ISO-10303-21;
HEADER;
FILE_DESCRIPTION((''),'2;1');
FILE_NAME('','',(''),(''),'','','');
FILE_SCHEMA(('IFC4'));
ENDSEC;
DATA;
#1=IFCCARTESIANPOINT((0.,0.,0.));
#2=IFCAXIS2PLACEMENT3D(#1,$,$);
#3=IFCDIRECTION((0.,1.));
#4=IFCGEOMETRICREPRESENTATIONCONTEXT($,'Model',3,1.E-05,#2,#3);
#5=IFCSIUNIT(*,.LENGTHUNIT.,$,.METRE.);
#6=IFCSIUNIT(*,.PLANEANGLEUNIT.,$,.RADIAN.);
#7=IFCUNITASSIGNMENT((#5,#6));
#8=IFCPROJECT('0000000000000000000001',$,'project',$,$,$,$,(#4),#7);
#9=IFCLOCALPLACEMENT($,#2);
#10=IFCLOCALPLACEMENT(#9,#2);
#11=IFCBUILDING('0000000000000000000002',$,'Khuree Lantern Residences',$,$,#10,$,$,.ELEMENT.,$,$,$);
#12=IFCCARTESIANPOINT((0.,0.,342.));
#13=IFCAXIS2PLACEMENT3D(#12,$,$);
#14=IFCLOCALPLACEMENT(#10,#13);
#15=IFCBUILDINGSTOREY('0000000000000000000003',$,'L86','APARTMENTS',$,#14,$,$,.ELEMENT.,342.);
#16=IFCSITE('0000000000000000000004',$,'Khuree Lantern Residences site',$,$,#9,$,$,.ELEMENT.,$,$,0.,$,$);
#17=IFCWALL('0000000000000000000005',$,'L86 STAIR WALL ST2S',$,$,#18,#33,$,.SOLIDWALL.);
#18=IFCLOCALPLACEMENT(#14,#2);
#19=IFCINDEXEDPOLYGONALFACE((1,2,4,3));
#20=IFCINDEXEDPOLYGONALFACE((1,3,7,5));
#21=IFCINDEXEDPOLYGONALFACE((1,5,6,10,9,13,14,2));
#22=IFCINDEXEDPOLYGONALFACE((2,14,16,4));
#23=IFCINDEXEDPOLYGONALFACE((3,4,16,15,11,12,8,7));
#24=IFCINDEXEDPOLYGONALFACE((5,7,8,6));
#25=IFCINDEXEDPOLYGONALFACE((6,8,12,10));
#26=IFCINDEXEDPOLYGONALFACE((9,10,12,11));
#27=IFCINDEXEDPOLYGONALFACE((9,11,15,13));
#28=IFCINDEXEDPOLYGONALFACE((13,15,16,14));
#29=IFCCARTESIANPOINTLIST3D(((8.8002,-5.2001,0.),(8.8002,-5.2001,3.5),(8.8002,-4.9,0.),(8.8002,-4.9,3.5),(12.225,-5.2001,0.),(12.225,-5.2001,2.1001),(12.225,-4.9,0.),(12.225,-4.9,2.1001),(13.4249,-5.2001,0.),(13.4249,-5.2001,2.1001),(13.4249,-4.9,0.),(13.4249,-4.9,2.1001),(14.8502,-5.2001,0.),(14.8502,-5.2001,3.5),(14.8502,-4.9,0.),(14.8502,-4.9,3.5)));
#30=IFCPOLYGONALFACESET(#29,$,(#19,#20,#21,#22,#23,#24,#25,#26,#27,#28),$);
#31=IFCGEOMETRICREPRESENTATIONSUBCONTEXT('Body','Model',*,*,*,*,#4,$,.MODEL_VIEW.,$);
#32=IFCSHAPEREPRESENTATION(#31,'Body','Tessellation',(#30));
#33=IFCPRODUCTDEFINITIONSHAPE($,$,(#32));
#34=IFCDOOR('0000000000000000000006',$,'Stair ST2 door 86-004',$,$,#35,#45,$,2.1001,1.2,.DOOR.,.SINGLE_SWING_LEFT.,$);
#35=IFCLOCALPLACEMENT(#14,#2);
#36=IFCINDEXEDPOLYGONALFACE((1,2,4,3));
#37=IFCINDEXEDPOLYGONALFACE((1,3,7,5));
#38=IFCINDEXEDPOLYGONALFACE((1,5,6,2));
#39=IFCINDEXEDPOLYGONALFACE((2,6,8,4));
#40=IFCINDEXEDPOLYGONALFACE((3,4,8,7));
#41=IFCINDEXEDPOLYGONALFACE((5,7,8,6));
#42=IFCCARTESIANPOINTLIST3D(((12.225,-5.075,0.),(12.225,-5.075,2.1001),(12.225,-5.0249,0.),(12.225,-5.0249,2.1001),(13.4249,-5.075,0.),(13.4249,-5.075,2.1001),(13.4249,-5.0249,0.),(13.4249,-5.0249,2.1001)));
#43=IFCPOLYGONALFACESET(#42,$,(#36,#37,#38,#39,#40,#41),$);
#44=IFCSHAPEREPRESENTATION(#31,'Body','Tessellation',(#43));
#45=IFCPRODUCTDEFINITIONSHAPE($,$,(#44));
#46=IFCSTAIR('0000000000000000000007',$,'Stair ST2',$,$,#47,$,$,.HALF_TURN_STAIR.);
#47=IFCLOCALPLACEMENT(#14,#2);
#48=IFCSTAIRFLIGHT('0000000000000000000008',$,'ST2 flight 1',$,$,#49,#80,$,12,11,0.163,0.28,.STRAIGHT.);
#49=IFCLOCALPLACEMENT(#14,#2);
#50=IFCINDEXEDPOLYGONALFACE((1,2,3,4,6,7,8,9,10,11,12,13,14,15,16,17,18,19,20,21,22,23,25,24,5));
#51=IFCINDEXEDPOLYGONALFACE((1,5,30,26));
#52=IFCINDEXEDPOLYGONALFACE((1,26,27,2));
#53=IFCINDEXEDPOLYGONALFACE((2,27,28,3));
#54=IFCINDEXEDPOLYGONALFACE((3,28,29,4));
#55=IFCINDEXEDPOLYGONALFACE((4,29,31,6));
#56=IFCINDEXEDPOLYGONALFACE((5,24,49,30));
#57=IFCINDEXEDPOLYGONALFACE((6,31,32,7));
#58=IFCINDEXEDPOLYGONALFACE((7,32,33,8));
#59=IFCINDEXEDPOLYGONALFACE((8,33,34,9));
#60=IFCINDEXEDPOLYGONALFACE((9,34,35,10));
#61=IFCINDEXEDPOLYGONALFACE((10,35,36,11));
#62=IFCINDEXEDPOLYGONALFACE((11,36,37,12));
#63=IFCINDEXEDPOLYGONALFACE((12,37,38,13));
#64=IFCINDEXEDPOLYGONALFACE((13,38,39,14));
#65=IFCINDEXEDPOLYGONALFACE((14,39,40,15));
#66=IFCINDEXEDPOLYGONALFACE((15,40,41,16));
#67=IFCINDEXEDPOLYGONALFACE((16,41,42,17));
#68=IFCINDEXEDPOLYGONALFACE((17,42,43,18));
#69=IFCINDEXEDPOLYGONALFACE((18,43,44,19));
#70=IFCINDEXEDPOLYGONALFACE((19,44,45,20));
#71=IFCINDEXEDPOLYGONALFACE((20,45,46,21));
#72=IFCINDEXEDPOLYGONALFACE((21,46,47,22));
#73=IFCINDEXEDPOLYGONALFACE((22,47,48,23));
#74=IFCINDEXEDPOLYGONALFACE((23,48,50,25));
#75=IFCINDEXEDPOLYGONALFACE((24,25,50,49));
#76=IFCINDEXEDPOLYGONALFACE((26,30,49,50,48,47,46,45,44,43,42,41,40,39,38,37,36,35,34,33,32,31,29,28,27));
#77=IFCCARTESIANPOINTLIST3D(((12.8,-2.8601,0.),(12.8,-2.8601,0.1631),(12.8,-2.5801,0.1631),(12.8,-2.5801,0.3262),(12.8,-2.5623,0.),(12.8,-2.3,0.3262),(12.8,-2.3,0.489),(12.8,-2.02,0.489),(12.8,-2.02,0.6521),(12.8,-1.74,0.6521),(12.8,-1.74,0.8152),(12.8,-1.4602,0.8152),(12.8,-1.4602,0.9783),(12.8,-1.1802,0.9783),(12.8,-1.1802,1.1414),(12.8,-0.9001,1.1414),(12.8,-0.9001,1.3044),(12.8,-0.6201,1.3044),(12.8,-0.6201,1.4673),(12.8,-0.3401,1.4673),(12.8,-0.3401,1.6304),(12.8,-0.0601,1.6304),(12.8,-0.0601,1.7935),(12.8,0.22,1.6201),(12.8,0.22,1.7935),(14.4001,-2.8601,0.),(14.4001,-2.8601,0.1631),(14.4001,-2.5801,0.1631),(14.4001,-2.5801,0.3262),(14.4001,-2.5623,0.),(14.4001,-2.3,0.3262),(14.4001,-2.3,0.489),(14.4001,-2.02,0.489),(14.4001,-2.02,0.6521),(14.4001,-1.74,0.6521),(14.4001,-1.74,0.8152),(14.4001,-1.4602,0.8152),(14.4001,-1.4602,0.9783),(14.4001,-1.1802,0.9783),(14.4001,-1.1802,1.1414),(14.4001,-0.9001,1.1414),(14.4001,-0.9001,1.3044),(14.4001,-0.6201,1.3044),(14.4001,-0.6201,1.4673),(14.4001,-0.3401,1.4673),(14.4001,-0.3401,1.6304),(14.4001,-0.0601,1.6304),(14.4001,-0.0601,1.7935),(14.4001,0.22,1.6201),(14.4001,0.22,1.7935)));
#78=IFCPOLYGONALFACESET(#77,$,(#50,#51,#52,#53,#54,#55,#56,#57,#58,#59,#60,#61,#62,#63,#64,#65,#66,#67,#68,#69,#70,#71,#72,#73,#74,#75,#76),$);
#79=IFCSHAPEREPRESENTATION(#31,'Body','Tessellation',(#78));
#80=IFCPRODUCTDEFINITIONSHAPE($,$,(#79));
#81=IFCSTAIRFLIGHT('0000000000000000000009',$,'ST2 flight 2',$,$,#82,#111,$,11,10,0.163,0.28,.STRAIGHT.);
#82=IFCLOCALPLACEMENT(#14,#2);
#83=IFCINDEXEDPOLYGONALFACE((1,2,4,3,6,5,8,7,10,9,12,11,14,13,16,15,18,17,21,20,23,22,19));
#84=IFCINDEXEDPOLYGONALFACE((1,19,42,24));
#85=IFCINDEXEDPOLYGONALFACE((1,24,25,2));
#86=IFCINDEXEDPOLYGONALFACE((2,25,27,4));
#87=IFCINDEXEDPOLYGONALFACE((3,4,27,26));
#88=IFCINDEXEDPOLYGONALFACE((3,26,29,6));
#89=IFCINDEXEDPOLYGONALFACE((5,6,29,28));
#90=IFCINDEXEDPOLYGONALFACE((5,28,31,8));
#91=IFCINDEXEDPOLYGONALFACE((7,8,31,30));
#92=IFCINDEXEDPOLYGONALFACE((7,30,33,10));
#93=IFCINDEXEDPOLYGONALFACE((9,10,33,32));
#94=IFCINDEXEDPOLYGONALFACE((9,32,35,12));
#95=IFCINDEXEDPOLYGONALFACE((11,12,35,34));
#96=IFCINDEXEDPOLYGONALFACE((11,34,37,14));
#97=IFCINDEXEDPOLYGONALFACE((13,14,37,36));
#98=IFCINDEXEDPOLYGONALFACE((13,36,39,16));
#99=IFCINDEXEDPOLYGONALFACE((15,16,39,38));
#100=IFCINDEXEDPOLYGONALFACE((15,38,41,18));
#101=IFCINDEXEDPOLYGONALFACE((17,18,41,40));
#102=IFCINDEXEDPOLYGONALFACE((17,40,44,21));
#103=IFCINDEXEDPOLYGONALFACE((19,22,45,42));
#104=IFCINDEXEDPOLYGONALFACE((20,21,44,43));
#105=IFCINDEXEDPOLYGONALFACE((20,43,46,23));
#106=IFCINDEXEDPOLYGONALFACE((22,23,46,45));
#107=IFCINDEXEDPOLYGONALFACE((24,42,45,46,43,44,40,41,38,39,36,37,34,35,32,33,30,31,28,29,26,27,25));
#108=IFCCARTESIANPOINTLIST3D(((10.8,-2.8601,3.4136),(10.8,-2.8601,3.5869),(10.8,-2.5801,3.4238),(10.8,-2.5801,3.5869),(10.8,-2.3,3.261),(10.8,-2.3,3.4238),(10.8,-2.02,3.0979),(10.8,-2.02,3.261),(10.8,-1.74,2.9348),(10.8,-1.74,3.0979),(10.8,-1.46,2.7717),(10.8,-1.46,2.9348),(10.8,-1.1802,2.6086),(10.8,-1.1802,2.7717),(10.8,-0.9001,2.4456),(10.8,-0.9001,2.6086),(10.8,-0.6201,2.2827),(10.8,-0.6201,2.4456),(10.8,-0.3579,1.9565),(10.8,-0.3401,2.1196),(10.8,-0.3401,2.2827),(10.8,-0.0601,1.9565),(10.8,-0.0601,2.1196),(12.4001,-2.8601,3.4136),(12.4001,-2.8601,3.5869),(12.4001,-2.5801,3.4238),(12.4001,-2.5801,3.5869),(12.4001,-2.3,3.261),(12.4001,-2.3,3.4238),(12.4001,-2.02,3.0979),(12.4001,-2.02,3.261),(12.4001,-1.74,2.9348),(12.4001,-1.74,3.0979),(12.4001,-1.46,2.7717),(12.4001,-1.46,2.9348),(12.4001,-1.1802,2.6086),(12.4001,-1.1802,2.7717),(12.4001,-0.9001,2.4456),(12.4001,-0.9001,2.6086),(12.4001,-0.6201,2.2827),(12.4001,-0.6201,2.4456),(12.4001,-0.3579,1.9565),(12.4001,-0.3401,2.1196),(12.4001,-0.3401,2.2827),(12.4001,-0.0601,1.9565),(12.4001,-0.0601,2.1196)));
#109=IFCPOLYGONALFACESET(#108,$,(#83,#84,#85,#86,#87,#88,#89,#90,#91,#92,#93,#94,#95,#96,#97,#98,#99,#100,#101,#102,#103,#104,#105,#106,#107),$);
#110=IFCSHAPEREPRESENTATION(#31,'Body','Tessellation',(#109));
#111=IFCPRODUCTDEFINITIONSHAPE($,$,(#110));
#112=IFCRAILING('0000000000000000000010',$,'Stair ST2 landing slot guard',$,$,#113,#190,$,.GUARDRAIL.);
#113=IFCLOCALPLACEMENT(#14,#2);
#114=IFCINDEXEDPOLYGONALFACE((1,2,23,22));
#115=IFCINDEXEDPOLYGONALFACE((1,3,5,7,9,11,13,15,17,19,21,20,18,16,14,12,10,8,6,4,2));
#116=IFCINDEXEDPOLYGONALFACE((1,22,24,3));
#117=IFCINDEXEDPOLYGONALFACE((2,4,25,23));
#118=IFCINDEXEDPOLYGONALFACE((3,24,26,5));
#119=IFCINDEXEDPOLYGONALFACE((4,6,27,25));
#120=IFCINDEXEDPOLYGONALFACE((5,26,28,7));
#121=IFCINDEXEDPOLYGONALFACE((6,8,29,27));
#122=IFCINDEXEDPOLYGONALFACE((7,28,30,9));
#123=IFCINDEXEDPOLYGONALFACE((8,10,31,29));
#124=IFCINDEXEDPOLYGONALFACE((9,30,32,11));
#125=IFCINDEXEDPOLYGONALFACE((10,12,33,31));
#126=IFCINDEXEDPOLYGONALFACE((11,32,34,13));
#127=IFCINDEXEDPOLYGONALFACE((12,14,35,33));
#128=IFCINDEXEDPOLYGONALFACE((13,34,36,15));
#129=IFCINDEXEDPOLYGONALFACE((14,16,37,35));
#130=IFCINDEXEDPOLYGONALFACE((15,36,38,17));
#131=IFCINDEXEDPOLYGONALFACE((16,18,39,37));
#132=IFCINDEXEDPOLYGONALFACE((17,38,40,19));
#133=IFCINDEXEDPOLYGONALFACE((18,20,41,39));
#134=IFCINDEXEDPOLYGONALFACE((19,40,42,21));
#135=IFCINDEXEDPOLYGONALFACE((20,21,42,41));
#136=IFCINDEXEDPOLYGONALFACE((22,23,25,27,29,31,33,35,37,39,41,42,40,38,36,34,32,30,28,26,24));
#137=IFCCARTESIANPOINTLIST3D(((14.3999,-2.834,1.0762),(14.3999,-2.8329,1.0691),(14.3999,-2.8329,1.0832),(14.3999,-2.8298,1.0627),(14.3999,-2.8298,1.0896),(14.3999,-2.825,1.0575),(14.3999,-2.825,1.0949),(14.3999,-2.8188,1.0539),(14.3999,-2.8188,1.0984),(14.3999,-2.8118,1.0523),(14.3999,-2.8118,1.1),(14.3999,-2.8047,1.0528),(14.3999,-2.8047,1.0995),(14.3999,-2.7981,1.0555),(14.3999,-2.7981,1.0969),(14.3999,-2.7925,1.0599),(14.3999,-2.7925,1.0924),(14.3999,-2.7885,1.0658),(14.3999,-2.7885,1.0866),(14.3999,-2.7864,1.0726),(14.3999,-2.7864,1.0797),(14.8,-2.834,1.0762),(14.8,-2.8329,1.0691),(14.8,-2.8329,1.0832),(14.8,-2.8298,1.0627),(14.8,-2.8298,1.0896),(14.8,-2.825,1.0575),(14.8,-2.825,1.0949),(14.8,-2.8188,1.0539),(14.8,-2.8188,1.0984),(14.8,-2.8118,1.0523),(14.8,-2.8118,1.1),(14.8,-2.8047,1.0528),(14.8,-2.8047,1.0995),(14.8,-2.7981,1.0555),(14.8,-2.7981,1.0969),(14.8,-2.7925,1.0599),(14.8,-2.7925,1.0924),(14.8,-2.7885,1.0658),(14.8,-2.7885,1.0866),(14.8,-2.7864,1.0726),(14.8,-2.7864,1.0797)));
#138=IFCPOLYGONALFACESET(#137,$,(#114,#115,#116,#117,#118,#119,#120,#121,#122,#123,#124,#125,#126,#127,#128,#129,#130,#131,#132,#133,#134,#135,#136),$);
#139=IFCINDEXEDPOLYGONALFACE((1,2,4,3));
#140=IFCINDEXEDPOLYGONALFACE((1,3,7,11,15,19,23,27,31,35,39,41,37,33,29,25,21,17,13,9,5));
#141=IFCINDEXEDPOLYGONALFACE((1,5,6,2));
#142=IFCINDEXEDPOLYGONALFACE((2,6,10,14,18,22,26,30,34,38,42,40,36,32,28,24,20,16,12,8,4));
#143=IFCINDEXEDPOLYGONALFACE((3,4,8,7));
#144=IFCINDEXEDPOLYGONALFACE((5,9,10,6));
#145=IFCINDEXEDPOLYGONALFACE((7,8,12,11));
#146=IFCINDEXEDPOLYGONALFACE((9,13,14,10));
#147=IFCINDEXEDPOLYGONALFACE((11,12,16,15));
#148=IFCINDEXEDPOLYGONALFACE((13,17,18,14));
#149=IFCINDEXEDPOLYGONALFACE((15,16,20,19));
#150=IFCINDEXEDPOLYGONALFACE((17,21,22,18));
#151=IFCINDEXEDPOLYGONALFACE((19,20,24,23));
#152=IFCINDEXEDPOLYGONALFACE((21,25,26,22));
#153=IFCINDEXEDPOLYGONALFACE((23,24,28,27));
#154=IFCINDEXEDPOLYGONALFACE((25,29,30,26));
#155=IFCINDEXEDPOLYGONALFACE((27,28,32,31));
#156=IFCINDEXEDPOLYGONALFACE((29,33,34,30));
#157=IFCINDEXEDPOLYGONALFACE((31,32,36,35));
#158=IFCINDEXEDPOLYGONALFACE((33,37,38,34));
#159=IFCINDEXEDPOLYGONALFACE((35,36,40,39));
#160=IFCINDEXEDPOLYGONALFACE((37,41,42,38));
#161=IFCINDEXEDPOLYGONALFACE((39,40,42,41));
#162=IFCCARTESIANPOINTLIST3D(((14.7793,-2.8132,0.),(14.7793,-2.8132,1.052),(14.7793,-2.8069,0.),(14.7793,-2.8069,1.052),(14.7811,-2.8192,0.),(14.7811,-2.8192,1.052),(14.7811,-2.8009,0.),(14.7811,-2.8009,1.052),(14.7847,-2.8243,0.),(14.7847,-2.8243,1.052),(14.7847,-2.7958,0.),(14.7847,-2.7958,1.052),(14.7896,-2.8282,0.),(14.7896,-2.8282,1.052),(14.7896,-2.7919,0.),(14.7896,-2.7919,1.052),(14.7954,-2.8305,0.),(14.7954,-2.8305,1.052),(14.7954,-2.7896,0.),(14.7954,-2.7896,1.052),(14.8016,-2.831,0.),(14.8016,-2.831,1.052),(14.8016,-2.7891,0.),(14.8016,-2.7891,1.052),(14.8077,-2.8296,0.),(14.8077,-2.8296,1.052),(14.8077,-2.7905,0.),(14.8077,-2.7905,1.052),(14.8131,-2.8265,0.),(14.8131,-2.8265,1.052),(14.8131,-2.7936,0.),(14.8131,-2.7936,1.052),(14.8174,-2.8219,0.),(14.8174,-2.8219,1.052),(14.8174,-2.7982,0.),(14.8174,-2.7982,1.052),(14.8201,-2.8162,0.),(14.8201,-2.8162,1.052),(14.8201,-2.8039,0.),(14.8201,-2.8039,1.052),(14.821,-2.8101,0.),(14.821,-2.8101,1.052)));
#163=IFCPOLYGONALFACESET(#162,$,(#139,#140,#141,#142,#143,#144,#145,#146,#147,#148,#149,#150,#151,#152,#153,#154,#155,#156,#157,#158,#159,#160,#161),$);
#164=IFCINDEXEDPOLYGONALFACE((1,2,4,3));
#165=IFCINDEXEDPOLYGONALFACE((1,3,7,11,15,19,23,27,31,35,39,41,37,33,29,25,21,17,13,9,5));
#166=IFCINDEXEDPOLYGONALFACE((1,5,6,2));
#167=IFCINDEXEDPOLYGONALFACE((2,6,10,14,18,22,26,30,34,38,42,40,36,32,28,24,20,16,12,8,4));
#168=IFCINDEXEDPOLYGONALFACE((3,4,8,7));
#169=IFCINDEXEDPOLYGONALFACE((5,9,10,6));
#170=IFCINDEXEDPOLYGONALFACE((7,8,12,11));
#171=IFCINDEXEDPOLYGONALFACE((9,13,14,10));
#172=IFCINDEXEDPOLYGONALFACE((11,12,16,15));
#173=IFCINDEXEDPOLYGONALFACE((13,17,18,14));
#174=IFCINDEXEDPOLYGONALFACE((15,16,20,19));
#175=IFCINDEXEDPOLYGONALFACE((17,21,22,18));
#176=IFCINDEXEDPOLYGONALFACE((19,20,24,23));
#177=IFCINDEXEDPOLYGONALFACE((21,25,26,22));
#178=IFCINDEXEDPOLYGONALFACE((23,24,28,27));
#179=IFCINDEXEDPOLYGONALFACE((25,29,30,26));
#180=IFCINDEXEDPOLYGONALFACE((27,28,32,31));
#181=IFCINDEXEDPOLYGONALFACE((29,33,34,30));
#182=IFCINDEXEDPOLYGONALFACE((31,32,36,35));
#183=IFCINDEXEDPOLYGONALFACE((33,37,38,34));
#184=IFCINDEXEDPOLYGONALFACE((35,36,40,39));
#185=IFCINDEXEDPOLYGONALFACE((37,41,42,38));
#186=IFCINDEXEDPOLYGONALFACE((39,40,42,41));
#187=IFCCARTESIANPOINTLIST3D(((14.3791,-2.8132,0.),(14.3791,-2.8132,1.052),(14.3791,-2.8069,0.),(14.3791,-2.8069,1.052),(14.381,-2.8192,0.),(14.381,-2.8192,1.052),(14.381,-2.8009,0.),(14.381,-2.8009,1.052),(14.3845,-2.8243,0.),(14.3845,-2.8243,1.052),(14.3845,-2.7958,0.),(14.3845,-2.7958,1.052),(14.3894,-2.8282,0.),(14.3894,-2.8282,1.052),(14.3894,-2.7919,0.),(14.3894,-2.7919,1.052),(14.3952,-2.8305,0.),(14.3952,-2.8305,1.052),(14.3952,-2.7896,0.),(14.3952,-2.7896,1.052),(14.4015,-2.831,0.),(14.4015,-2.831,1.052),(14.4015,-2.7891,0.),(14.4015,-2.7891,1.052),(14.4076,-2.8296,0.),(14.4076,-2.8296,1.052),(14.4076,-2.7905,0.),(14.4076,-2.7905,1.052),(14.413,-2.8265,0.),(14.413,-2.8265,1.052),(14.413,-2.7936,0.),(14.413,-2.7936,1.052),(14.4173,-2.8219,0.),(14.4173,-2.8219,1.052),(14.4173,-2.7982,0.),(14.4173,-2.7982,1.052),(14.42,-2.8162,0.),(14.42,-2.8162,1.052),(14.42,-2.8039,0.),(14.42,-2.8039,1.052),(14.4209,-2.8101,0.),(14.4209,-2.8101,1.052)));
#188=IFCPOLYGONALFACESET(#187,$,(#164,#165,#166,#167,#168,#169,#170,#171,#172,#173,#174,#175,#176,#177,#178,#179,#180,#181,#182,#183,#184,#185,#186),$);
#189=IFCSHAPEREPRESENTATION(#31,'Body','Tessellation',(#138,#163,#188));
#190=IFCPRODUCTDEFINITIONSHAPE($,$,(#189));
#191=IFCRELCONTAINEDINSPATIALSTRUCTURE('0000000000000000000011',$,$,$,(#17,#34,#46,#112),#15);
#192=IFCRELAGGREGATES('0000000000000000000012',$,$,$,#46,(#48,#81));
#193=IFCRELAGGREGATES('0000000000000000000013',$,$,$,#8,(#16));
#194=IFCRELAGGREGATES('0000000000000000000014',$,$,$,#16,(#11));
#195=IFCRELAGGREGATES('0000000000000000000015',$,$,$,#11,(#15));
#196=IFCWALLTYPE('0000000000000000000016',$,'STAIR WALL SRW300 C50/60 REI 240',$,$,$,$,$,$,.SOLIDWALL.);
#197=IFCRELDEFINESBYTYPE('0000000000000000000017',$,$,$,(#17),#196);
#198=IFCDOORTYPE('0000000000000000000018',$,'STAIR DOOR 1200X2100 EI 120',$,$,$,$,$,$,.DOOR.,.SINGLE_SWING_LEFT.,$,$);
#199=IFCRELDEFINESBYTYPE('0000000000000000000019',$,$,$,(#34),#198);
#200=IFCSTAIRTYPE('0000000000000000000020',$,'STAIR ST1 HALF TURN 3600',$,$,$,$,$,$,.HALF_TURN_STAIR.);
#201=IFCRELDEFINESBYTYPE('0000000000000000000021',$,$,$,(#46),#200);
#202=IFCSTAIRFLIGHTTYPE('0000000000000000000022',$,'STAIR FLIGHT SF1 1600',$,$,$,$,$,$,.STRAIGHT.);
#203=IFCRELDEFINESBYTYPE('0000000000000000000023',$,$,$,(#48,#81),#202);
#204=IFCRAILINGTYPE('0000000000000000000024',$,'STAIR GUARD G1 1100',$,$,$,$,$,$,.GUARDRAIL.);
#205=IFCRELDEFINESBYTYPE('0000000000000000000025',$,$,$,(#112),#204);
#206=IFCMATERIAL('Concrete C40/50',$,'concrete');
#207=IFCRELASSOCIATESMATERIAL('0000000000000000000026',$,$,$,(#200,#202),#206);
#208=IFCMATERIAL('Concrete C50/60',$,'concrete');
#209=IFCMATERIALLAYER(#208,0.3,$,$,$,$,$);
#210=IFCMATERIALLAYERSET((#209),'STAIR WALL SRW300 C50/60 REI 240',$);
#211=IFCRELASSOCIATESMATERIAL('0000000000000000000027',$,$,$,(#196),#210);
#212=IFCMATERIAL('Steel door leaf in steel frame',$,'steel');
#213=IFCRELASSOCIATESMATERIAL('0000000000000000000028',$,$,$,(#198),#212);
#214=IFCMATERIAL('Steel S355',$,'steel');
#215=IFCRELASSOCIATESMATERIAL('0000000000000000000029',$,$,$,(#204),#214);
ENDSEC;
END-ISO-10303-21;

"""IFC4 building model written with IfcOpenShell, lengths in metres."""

from ifc_helpers import new_model, si_unit, direction, frame, frame_2d, origin, origin_2d, place, context, subcontext, project, spatial, polyline, rectangle, circle, outline, extrude, material, layer, layer_set, type_object, element, fill, aggregate, save


model = new_model("IFC4")

# Units and contexts
model_context = context("Model", 3, precision=1e-05, world=origin(), true_north=direction((0.0, 1.0)))
body_context = subcontext(model_context, "Body", "Model", "MODEL_VIEW")
ifc_project = project(units=[si_unit("LENGTHUNIT", "METRE"), si_unit("PLANEANGLEUNIT", "RADIAN")], contexts=[model_context])

# Site, building, storey
site_placement = place(None, origin())
site = spatial("IfcSite", under=ifc_project, at=site_placement, Name="Khuree Lantern Residences site", CompositionType="ELEMENT", RefElevation=0.0)
building_placement = place(site_placement, origin())
building = spatial("IfcBuilding", under=site, at=building_placement, Name="Khuree Lantern Residences", CompositionType="ELEMENT")
storey_placement = place(building_placement, frame((0.0, 0.0, 342.0)))
storey = spatial("IfcBuildingStorey", under=building, at=storey_placement, Name="L86", Description="APARTMENTS", CompositionType="ELEMENT", Elevation=342.0)

# Shared definitions
ifc_material_1 = material(Name="Concrete C40/50", Category="concrete")
stair_type = type_object("IfcStairType", Name="STAIR ST1 HALF TURN 3600", PredefinedType="HALF_TURN_STAIR", material=ifc_material_1)

# Shared definitions
ifc_material_2 = material(Name="Concrete C50/60", Category="concrete")
ifc_material_3 = material(Name="Steel door leaf in steel frame", Category="steel")

# Shared definitions
ifc_layer_1 = layer(ifc_material_2, 0.3)
ifc_layer_set_1 = layer_set([ifc_layer_1], Name="STAIR WALL SRW300 C50/60 REI 240")
wall_type_1 = type_object("IfcWallType", Name="STAIR WALL SRW300 C50/60 REI 240", PredefinedType="SOLIDWALL", material=ifc_layer_set_1)

# Wall, opening, door
wall_1_placement = place(storey_placement, frame((14.8501, -5.05, 0.0), z_axis=(0.0, 0.0, 1.0), x_axis=(-1.0, 0.0, 0.0)))
wall_1 = element("IfcWall", 1, at=wall_1_placement, inside=storey, type_object=wall_type_1, Name="L86 STAIR WALL ST2S", PredefinedType="SOLIDWALL", context=body_context, shape_type="SweptSolid", body=[
    extrude(rectangle(XDim=6.05, YDim=0.3, at=frame_2d((3.0249, 0.0))), origin(), (0.0, 0.0, 1.0), 3.5),
])
opening_1_placement = place(wall_1_placement, frame((1.425, 0.0, 0.0)))
opening_1 = element("IfcOpeningElement", 2, at=opening_1_placement, cuts=wall_1, PredefinedType="OPENING", context=body_context, shape_type="SweptSolid", body=[
    extrude(rectangle(XDim=1.2, YDim=2.1001, at=frame_2d((0.6001, 1.05))), frame((0.0, 0.1602, 0.0), z_axis=(0.0, -1.0, 0.0), x_axis=(1.0, 0.0, 0.0)), (0.0, 0.0, 1.0), 0.3201),
])
door_type_1 = type_object("IfcDoorType", Name="STAIR DOOR 1200X2100 EI 120", OperationType="SINGLE_SWING_LEFT", PredefinedType="DOOR", material=ifc_material_3)
door_1_placement = place(opening_1_placement, origin())
door_1 = element("IfcDoor", 3, at=door_1_placement, inside=storey, type_object=door_type_1, Name="Stair ST2 door 86-004", OperationType="SINGLE_SWING_LEFT", OverallHeight=2.1001, OverallWidth=1.2, PredefinedType="DOOR", context=body_context, shape_type="SweptSolid", body=[
    extrude(rectangle(XDim=1.2, YDim=2.1001, at=frame_2d((0.6001, 1.05))), frame((0.0, 0.0249, 0.0), z_axis=(0.0, -1.0, 0.0), x_axis=(1.0, 0.0, 0.0)), (0.0, 0.0, 1.0), 0.05),
])
fill(opening_1, door_1)

# Stair, stair flights
stair_1_placement = place(storey_placement, origin())
stair_1 = element("IfcStair", 4, at=stair_1_placement, inside=storey, type_object=stair_type, Name="Stair ST2", PredefinedType="HALF_TURN_STAIR")
stair_flight_type = type_object("IfcStairFlightType", Name="STAIR FLIGHT SF1 1600", PredefinedType="STRAIGHT", material=ifc_material_1)
stair_flight_1_placement = place(storey_placement, frame((13.6001, -2.8601, 0.0), z_axis=(0.0, 0.0, 1.0), x_axis=(0.0, 1.0, 0.0)))
stair_flight_1 = element("IfcStairFlight", 5, at=stair_flight_1_placement, type_object=stair_flight_type, Name="ST2 flight 1", NumberOfRisers=12, NumberOfTreads=11, PredefinedType="STRAIGHT", RiserHeight=0.163, TreadLength=0.28, context=body_context, shape_type="SweptSolid", body=[
    extrude(outline(polyline([(0.0, 0.0), (0.0, 0.1631), (0.28, 0.1631), (0.28, 0.3262), (0.5601, 0.3262), (0.5601, 0.489), (0.8401, 0.489), (0.8401, 0.6521), (1.1201, 0.6521), (1.1201, 0.8152), (1.3999, 0.8152), (1.3999, 0.9783), (1.6799, 0.9783), (1.6799, 1.1414), (1.96, 1.1414), (1.96, 1.3044), (2.24, 1.3044), (2.24, 1.4673), (2.52, 1.4673), (2.52, 1.6304), (2.8, 1.6304), (2.8, 1.7935), (3.0801, 1.7935), (3.0801, 1.9565), (3.0801, 1.6201), (0.2979, 0.0), (0.0, 0.0)])), frame((0.0, 0.8, 0.0), z_axis=(0.0, -1.0, 0.0), x_axis=(1.0, 0.0, 0.0)), (0.0, 0.0, 1.0), 1.6001),
])
stair_flight_2_placement = place(storey_placement, frame((11.6001, -0.0601, 1.9565), z_axis=(0.0, 0.0, 1.0), x_axis=(0.0, -1.0, 0.0)))
stair_flight_2 = element("IfcStairFlight", 6, at=stair_flight_2_placement, type_object=stair_flight_type, Name="ST2 flight 2", NumberOfRisers=11, NumberOfTreads=10, PredefinedType="STRAIGHT", RiserHeight=0.163, TreadLength=0.28, context=body_context, shape_type="SweptSolid", body=[
    extrude(outline(polyline([(0.0, 0.0), (0.0, 0.1631), (0.28, 0.1631), (0.28, 0.3262), (0.5601, 0.3262), (0.5601, 0.489), (0.8401, 0.489), (0.8401, 0.6521), (1.1201, 0.6521), (1.1201, 0.8152), (1.3999, 0.8152), (1.3999, 0.9783), (1.6799, 0.9783), (1.6799, 1.1414), (1.96, 1.1414), (1.96, 1.3044), (2.24, 1.3044), (2.24, 1.4673), (2.52, 1.4673), (2.52, 1.6304), (2.8, 1.6304), (2.8, 1.7935), (2.8, 1.457), (0.2979, 0.0), (0.0, 0.0)])), frame((0.0, 0.8, 0.0), z_axis=(0.0, -1.0, 0.0), x_axis=(1.0, 0.0, 0.0)), (0.0, 0.0, 1.0), 1.6001),
])
aggregate(stair_1, [stair_flight_1, stair_flight_2])

# Railing
ifc_material_4 = material(Name="Steel S355", Category="steel")
railing_type_1 = type_object("IfcRailingType", Name="STAIR GUARD G1 1100", PredefinedType="GUARDRAIL", material=ifc_material_4)
railing_1_placement = place(storey_placement, frame((14.8, -2.8101, 0.0)))
element("IfcRailing", 7, at=railing_1_placement, inside=storey, type_object=railing_type_1, Name="Stair ST2 landing slot guard", PredefinedType="GUARDRAIL", context=body_context, shape_type="SweptSolid", body=[
    extrude(circle(Radius=0.0239, at=origin_2d()), frame((0.0, 0.0, 1.0762), z_axis=(-1.0, 0.0, 0.0), x_axis=(0.0, -1.0, 0.0)), (0.0, 0.0, 1.0), 0.4001),
    extrude(circle(Radius=0.021, at=origin_2d()), origin(), (0.0, 0.0, 1.0), 1.052),
    extrude(circle(Radius=0.021, at=origin_2d()), frame((-0.4001, 0.0, 0.0)), (0.0, 0.0, 1.0), 1.052),
])

save(model, "model.ifc")
